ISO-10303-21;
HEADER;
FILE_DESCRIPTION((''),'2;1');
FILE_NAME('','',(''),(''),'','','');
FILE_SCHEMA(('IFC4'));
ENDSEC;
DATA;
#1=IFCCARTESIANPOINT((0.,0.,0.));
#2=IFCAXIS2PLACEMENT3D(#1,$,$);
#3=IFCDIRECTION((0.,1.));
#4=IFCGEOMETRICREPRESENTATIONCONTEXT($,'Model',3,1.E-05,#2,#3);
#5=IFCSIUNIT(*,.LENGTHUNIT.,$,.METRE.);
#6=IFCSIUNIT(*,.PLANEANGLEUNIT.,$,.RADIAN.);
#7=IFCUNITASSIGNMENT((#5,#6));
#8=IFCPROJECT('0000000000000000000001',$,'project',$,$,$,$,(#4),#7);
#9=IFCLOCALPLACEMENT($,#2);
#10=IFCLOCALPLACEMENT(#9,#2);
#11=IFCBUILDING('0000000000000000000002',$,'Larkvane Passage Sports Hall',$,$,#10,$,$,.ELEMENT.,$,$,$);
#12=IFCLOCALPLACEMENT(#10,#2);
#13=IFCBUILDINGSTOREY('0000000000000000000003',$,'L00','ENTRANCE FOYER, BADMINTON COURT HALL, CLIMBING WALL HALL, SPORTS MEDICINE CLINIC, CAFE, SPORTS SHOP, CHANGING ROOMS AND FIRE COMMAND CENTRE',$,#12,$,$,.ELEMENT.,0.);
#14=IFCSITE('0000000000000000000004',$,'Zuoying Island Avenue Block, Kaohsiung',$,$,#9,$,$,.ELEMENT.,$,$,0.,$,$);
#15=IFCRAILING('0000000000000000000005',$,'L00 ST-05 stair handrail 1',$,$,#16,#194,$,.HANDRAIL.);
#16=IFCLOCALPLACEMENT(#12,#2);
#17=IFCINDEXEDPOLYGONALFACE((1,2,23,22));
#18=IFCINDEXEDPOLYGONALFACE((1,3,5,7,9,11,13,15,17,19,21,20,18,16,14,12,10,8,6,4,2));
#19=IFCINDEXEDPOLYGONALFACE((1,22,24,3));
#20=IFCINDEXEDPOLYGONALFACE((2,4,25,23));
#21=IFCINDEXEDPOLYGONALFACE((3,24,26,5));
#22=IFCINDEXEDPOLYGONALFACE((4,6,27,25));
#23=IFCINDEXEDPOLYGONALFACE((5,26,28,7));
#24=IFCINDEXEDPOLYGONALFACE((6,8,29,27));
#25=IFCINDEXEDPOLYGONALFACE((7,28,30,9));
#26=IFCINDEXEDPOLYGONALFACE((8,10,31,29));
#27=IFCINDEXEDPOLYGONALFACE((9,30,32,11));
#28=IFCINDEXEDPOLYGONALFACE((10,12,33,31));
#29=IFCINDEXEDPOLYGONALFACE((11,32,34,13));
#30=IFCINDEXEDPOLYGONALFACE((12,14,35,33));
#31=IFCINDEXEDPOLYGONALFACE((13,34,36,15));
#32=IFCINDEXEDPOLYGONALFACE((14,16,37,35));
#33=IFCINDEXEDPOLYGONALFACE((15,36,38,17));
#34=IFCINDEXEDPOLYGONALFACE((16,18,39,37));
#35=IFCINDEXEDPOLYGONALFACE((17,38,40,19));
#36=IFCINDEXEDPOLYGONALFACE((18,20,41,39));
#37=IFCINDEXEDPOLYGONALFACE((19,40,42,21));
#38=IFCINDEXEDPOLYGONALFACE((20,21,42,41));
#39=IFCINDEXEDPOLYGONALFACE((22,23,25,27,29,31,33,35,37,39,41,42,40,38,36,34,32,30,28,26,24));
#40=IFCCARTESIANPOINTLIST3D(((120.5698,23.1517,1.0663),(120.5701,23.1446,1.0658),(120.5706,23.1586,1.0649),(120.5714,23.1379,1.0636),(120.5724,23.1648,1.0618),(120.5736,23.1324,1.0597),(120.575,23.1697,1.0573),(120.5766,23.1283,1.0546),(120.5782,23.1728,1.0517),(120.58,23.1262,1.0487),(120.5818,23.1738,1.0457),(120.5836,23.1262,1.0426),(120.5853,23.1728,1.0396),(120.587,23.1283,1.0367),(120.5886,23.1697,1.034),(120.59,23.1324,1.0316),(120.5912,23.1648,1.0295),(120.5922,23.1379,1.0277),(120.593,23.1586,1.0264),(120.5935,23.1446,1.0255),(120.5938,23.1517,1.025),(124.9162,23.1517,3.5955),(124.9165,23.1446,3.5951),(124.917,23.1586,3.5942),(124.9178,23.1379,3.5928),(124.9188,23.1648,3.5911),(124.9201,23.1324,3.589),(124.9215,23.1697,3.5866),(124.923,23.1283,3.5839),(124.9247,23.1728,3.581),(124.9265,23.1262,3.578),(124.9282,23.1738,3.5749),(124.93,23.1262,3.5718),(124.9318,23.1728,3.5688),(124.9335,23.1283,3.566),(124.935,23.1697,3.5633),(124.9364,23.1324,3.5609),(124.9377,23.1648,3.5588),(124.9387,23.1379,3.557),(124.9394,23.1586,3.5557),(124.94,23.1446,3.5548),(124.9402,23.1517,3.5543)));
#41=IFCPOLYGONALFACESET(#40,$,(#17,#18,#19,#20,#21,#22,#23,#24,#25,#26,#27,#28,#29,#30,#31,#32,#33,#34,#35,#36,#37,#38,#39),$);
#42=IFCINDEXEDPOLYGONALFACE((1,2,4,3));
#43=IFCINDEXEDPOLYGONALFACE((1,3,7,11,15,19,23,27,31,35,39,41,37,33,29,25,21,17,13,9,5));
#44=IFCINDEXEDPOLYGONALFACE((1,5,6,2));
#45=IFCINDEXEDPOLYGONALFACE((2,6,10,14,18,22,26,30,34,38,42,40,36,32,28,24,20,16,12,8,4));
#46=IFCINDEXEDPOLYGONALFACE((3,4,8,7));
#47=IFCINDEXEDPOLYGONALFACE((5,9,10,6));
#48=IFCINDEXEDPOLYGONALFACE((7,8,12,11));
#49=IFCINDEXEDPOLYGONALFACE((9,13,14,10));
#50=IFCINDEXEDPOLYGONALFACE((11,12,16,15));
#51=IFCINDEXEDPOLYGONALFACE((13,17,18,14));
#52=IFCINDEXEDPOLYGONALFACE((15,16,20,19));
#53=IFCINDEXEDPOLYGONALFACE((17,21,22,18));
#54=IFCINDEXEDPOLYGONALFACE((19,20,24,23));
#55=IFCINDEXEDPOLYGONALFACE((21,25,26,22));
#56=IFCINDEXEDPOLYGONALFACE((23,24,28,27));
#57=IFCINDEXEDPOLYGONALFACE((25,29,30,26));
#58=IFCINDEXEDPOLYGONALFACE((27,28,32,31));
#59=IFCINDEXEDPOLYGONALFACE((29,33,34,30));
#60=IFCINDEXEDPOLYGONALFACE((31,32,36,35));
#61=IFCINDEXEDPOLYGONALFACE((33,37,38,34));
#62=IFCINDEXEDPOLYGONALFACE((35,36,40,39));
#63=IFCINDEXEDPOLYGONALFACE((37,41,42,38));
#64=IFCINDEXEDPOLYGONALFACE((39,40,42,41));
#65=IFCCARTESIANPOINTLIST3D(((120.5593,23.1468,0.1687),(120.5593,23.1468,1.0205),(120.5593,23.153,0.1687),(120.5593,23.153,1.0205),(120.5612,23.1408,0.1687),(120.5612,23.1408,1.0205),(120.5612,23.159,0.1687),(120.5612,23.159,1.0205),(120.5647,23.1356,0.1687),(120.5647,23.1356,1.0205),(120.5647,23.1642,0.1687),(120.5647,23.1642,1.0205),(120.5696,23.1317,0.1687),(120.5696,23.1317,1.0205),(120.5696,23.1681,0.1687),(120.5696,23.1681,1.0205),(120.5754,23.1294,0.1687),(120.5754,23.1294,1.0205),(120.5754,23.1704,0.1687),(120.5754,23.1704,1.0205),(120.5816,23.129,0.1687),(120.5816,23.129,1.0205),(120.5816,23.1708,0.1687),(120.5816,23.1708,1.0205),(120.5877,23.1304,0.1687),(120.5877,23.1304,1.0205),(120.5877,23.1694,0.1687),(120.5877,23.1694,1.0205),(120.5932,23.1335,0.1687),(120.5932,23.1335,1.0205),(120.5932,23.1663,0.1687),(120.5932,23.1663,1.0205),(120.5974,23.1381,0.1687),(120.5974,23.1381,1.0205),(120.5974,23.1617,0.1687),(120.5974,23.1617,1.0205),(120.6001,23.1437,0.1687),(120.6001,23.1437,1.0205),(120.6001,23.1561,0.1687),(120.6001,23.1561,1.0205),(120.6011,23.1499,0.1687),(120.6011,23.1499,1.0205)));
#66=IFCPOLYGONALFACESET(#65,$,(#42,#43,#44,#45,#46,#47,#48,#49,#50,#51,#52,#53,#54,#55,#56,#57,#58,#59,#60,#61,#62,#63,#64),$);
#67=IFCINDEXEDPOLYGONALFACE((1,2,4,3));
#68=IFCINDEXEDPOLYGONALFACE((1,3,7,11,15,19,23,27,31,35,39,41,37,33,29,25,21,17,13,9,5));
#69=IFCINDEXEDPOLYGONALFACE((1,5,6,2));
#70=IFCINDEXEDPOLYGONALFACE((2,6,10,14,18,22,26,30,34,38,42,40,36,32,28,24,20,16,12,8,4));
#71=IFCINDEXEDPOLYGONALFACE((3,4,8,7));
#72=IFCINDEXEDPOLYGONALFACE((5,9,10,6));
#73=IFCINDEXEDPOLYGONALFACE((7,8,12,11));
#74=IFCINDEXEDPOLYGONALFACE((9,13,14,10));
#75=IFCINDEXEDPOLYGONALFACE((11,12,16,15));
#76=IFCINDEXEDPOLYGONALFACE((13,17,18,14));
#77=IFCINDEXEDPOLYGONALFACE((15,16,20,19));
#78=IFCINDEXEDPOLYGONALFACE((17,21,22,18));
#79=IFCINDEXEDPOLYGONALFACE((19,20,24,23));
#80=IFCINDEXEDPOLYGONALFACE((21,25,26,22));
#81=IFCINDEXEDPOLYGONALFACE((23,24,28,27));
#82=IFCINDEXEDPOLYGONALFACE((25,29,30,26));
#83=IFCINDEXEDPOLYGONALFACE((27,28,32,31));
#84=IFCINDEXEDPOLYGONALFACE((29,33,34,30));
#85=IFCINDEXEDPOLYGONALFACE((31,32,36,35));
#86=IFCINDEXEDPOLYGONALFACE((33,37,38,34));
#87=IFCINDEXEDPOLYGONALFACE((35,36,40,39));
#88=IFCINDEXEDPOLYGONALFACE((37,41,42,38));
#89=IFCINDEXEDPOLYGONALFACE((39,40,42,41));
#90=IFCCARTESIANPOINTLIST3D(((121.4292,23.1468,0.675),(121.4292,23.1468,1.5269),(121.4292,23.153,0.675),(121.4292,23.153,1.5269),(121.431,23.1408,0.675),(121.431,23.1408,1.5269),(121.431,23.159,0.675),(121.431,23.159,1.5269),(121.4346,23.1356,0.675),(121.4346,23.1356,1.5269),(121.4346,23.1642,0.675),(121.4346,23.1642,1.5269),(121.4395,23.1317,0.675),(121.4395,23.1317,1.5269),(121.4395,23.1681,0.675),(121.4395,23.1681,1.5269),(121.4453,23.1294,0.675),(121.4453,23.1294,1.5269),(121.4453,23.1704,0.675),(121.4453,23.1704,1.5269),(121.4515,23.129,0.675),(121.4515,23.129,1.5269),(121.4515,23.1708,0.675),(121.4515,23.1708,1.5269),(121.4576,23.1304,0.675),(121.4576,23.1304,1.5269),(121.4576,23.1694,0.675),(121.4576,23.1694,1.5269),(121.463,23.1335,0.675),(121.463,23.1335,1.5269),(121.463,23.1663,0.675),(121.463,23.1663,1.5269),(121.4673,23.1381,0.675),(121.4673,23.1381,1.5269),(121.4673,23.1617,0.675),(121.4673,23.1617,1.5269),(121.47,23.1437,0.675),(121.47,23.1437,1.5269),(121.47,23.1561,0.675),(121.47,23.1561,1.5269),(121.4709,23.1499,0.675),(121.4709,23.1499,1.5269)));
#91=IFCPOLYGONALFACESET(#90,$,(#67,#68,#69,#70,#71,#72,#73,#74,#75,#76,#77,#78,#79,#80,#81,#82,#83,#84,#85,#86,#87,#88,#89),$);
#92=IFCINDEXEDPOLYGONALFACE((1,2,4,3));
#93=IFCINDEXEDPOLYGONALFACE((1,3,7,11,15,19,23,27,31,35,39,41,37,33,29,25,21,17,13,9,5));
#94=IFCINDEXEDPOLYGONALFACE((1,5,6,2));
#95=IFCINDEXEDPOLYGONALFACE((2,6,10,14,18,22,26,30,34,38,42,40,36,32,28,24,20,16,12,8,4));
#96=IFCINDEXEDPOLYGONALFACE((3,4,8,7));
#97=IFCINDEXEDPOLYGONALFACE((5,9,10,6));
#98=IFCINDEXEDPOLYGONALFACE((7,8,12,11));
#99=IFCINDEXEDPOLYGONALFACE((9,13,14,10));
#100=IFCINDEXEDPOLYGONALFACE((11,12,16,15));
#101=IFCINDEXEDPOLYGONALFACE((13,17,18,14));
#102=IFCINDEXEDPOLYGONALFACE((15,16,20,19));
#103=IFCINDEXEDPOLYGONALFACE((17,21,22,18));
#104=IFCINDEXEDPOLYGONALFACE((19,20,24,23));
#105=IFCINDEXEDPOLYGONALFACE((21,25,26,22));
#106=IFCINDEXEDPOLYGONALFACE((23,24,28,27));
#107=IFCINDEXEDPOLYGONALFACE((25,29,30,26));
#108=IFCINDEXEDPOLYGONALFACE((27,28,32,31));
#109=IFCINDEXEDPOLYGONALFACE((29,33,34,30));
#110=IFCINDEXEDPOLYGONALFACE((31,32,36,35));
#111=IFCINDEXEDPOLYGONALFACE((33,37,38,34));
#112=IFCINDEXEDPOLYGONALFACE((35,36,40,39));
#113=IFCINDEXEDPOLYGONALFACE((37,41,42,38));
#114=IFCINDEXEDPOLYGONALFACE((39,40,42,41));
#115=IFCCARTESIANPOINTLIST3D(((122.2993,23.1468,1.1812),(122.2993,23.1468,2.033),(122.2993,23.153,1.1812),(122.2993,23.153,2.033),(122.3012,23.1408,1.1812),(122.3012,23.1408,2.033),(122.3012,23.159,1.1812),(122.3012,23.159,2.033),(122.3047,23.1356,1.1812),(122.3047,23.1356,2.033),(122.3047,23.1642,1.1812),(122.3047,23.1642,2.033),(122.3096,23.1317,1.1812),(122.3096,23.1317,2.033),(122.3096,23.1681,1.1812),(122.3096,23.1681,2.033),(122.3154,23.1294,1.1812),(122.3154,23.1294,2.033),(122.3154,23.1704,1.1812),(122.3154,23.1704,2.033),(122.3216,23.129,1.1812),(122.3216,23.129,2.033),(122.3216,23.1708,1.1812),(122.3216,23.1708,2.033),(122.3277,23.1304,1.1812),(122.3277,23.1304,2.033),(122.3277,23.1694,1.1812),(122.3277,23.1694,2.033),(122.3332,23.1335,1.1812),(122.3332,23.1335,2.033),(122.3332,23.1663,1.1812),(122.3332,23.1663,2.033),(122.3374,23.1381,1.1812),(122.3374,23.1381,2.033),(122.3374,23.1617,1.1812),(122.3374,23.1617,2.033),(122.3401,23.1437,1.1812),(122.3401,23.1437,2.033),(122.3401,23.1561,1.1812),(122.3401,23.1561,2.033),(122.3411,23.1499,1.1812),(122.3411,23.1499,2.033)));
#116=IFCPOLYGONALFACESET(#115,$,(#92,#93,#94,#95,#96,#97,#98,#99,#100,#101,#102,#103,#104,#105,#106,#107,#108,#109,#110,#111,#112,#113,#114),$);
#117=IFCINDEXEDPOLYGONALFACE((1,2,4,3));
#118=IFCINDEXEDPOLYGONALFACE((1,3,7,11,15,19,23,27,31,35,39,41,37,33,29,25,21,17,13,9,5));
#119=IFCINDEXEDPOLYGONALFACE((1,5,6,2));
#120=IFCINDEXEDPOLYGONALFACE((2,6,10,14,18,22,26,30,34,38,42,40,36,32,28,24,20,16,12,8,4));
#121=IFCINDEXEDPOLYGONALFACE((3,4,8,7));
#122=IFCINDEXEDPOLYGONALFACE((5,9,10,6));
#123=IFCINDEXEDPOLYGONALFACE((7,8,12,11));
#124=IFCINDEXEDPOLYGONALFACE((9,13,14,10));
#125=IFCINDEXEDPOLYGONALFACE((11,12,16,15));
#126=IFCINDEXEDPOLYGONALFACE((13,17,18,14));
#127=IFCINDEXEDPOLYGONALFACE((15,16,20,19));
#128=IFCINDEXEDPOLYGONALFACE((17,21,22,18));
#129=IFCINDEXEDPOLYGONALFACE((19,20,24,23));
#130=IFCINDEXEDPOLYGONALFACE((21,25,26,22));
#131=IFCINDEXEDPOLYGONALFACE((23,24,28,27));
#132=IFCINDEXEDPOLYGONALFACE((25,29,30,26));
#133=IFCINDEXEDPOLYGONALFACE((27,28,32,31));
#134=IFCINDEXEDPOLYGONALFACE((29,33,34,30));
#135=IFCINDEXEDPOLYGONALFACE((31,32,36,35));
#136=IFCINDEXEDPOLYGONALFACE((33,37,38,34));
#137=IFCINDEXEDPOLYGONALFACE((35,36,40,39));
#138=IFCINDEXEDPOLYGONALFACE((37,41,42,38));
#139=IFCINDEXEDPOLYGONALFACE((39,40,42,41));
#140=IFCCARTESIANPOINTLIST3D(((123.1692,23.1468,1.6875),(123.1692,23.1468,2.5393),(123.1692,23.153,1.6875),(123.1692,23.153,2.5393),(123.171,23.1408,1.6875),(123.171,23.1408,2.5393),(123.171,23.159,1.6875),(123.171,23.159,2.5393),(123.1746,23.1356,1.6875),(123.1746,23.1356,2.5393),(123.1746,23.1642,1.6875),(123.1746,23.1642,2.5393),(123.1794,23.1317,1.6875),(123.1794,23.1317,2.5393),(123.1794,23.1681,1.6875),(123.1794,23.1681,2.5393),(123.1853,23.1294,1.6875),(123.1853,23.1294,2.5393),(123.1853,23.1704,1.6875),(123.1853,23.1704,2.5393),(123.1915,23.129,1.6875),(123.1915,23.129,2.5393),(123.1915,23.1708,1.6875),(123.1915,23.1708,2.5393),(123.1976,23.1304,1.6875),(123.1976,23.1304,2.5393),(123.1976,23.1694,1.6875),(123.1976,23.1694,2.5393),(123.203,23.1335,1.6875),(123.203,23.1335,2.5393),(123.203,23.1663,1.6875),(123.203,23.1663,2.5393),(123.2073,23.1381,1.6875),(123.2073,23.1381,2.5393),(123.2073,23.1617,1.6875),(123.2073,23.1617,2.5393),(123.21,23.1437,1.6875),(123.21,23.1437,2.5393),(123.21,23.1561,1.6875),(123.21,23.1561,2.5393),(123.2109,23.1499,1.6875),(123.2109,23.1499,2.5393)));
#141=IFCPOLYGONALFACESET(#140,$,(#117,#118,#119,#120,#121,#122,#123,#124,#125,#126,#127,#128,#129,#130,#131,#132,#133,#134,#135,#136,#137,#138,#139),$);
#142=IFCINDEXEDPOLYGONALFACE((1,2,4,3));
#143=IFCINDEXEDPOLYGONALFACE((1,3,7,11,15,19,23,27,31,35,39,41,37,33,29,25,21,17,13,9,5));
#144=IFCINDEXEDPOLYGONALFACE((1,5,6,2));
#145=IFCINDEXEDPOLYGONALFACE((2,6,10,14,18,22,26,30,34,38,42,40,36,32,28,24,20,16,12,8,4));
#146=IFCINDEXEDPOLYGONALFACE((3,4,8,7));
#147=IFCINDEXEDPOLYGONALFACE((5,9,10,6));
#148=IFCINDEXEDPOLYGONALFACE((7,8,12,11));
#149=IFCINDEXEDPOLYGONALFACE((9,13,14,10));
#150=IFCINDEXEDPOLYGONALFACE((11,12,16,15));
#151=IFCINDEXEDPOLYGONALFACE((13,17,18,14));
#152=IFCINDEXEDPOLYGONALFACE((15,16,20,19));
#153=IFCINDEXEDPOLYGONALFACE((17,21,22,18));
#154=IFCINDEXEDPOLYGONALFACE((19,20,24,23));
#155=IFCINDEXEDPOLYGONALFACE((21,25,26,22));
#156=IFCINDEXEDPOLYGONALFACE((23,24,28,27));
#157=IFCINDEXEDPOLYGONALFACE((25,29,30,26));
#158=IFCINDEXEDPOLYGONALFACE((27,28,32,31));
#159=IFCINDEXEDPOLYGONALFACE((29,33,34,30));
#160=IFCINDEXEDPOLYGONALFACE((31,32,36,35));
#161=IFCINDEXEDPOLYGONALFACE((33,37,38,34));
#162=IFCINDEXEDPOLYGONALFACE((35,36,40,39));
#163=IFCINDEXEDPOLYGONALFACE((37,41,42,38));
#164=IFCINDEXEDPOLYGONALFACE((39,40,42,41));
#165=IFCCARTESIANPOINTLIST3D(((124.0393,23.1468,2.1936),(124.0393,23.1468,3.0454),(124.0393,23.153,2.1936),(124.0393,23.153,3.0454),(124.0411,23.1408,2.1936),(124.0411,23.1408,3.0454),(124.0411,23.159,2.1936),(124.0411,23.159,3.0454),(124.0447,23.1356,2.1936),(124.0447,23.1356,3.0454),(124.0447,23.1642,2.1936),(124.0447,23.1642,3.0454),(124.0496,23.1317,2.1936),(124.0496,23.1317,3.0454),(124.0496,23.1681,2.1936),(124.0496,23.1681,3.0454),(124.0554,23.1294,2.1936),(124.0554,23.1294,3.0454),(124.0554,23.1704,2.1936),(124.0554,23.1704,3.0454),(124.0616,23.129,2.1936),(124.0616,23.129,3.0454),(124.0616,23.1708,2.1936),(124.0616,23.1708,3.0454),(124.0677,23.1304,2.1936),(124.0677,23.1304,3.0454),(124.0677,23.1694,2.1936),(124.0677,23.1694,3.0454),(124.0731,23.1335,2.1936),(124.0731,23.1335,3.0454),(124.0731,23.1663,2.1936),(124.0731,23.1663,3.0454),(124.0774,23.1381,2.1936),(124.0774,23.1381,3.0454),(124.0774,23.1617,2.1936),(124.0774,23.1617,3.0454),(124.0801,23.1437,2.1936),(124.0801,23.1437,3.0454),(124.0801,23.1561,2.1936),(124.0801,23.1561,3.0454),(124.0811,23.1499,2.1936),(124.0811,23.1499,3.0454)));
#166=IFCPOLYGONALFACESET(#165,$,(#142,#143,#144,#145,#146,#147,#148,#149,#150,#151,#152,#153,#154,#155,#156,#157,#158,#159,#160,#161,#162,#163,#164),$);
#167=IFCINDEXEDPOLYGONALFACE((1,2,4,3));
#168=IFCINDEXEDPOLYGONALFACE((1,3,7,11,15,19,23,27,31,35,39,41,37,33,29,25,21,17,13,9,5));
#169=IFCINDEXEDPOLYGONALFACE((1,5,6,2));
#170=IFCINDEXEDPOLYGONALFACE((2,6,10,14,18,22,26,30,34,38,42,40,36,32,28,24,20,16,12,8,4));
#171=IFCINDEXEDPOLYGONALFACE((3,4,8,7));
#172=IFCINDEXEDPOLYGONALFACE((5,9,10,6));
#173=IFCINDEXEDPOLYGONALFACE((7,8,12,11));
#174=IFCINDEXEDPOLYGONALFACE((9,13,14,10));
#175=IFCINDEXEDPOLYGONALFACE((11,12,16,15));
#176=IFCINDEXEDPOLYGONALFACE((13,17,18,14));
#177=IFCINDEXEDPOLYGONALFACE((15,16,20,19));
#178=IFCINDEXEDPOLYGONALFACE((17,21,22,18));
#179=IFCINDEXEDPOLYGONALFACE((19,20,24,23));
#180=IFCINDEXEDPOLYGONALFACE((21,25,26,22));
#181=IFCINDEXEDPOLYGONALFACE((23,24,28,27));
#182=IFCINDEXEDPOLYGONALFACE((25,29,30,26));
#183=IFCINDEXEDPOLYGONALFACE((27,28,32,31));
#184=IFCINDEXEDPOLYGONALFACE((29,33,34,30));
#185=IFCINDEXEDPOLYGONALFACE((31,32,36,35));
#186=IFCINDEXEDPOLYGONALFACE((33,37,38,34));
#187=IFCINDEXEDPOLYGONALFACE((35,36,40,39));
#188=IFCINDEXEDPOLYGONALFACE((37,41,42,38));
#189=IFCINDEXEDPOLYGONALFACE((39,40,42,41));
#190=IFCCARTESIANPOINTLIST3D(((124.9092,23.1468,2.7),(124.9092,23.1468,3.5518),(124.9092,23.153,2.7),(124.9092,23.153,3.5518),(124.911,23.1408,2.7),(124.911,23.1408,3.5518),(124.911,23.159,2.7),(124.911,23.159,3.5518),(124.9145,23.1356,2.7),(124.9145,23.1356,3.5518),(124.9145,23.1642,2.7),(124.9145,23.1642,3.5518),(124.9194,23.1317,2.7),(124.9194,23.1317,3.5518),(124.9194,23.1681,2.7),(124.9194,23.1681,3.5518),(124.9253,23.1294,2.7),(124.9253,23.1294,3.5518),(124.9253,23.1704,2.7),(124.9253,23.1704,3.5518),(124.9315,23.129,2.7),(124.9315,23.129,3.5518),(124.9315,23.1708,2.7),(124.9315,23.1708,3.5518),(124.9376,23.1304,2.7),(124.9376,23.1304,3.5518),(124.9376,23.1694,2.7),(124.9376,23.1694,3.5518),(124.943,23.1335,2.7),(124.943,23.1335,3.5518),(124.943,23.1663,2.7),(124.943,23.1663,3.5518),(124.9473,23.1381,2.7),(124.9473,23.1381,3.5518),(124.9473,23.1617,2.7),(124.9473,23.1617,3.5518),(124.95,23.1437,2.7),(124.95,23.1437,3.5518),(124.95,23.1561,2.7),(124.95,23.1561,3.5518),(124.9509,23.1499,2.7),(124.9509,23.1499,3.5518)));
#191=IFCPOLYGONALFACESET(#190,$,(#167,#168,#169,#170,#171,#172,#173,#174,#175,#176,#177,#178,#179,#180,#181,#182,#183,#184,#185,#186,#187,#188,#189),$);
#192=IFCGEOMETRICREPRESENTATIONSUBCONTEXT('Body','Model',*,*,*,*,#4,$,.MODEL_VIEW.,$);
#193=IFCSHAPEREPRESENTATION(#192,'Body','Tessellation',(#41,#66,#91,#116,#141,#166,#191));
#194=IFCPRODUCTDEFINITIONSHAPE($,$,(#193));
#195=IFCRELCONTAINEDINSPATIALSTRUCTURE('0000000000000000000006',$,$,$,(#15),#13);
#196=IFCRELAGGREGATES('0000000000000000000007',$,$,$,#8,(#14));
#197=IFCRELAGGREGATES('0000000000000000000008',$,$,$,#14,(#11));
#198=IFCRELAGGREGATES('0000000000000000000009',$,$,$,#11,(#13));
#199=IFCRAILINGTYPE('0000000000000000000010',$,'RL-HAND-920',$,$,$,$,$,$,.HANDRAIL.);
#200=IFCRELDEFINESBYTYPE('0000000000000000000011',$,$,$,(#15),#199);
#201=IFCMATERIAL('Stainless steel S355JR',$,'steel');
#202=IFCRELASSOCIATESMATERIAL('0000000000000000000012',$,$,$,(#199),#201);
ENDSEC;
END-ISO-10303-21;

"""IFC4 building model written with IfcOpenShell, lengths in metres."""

from ifc_helpers import new_model, si_unit, direction, frame, origin, origin_2d, place, context, subcontext, project, spatial, circle, extrude, material, type_object, element, save


model = new_model("IFC4")

# Units and contexts
model_context = context("Model", 3, precision=1e-05, world=origin(), true_north=direction((0.0, 1.0)))
body_context = subcontext(model_context, "Body", "Model", "MODEL_VIEW")
ifc_project = project(units=[si_unit("LENGTHUNIT", "METRE"), si_unit("PLANEANGLEUNIT", "RADIAN")], contexts=[model_context])

# Site, building, storey
site_placement = place(None, origin())
site = spatial("IfcSite", under=ifc_project, at=site_placement, Name="Zuoying Island Avenue Block, Kaohsiung", CompositionType="ELEMENT", RefElevation=0.0)
building_placement = place(site_placement, origin())
building = spatial("IfcBuilding", under=site, at=building_placement, Name="Larkvane Passage Sports Hall", CompositionType="ELEMENT")
storey_placement = place(building_placement, origin())
storey = spatial("IfcBuildingStorey", under=building, at=storey_placement, Name="L00", Description="ENTRANCE FOYER, BADMINTON COURT HALL, CLIMBING WALL HALL, SPORTS MEDICINE CLINIC, CAFE, SPORTS SHOP, CHANGING ROOMS AND FIRE COMMAND CENTRE", CompositionType="ELEMENT", Elevation=0.0)

# Railing
ifc_material_1 = material(Name="Stainless steel S355JR", Category="steel")
railing_type_1 = type_object("IfcRailingType", Name="RL-HAND-920", PredefinedType="HANDRAIL", material=ifc_material_1)
railing_1_placement = place(storey_placement, frame((120.5801, 23.1499, 0.1687)))
element("IfcRailing", 1, at=railing_1_placement, inside=storey, type_object=railing_type_1, Name="L00 ST-05 stair handrail 1", PredefinedType="HANDRAIL", context=body_context, shape_type="SweptSolid", body=[
    extrude(circle(Radius=0.0239, at=origin_2d()), frame((0.0017, 0.0, 0.877), z_axis=(0.864312, 0.0, 0.502957), x_axis=(0.0, 1.0, 0.0)), (0.0, 0.0, 1.0), 5.0288),
    extrude(circle(Radius=0.021, at=origin_2d()), origin(), (0.0, 0.0, 1.0), 0.8518),
    extrude(circle(Radius=0.021, at=origin_2d()), frame((0.8699, 0.0, 0.5063)), (0.0, 0.0, 1.0), 0.8518),
    extrude(circle(Radius=0.021, at=origin_2d()), frame((1.74, 0.0, 1.0125)), (0.0, 0.0, 1.0), 0.8518),
    extrude(circle(Radius=0.021, at=origin_2d()), frame((2.6099, 0.0, 1.5188)), (0.0, 0.0, 1.0), 0.8518),
    extrude(circle(Radius=0.021, at=origin_2d()), frame((3.48, 0.0, 2.0249)), (0.0, 0.0, 1.0), 0.8518),
    extrude(circle(Radius=0.021, at=origin_2d()), frame((4.3499, 0.0, 2.5312)), (0.0, 0.0, 1.0), 0.8518),
])

save(model, "model.ifc")
